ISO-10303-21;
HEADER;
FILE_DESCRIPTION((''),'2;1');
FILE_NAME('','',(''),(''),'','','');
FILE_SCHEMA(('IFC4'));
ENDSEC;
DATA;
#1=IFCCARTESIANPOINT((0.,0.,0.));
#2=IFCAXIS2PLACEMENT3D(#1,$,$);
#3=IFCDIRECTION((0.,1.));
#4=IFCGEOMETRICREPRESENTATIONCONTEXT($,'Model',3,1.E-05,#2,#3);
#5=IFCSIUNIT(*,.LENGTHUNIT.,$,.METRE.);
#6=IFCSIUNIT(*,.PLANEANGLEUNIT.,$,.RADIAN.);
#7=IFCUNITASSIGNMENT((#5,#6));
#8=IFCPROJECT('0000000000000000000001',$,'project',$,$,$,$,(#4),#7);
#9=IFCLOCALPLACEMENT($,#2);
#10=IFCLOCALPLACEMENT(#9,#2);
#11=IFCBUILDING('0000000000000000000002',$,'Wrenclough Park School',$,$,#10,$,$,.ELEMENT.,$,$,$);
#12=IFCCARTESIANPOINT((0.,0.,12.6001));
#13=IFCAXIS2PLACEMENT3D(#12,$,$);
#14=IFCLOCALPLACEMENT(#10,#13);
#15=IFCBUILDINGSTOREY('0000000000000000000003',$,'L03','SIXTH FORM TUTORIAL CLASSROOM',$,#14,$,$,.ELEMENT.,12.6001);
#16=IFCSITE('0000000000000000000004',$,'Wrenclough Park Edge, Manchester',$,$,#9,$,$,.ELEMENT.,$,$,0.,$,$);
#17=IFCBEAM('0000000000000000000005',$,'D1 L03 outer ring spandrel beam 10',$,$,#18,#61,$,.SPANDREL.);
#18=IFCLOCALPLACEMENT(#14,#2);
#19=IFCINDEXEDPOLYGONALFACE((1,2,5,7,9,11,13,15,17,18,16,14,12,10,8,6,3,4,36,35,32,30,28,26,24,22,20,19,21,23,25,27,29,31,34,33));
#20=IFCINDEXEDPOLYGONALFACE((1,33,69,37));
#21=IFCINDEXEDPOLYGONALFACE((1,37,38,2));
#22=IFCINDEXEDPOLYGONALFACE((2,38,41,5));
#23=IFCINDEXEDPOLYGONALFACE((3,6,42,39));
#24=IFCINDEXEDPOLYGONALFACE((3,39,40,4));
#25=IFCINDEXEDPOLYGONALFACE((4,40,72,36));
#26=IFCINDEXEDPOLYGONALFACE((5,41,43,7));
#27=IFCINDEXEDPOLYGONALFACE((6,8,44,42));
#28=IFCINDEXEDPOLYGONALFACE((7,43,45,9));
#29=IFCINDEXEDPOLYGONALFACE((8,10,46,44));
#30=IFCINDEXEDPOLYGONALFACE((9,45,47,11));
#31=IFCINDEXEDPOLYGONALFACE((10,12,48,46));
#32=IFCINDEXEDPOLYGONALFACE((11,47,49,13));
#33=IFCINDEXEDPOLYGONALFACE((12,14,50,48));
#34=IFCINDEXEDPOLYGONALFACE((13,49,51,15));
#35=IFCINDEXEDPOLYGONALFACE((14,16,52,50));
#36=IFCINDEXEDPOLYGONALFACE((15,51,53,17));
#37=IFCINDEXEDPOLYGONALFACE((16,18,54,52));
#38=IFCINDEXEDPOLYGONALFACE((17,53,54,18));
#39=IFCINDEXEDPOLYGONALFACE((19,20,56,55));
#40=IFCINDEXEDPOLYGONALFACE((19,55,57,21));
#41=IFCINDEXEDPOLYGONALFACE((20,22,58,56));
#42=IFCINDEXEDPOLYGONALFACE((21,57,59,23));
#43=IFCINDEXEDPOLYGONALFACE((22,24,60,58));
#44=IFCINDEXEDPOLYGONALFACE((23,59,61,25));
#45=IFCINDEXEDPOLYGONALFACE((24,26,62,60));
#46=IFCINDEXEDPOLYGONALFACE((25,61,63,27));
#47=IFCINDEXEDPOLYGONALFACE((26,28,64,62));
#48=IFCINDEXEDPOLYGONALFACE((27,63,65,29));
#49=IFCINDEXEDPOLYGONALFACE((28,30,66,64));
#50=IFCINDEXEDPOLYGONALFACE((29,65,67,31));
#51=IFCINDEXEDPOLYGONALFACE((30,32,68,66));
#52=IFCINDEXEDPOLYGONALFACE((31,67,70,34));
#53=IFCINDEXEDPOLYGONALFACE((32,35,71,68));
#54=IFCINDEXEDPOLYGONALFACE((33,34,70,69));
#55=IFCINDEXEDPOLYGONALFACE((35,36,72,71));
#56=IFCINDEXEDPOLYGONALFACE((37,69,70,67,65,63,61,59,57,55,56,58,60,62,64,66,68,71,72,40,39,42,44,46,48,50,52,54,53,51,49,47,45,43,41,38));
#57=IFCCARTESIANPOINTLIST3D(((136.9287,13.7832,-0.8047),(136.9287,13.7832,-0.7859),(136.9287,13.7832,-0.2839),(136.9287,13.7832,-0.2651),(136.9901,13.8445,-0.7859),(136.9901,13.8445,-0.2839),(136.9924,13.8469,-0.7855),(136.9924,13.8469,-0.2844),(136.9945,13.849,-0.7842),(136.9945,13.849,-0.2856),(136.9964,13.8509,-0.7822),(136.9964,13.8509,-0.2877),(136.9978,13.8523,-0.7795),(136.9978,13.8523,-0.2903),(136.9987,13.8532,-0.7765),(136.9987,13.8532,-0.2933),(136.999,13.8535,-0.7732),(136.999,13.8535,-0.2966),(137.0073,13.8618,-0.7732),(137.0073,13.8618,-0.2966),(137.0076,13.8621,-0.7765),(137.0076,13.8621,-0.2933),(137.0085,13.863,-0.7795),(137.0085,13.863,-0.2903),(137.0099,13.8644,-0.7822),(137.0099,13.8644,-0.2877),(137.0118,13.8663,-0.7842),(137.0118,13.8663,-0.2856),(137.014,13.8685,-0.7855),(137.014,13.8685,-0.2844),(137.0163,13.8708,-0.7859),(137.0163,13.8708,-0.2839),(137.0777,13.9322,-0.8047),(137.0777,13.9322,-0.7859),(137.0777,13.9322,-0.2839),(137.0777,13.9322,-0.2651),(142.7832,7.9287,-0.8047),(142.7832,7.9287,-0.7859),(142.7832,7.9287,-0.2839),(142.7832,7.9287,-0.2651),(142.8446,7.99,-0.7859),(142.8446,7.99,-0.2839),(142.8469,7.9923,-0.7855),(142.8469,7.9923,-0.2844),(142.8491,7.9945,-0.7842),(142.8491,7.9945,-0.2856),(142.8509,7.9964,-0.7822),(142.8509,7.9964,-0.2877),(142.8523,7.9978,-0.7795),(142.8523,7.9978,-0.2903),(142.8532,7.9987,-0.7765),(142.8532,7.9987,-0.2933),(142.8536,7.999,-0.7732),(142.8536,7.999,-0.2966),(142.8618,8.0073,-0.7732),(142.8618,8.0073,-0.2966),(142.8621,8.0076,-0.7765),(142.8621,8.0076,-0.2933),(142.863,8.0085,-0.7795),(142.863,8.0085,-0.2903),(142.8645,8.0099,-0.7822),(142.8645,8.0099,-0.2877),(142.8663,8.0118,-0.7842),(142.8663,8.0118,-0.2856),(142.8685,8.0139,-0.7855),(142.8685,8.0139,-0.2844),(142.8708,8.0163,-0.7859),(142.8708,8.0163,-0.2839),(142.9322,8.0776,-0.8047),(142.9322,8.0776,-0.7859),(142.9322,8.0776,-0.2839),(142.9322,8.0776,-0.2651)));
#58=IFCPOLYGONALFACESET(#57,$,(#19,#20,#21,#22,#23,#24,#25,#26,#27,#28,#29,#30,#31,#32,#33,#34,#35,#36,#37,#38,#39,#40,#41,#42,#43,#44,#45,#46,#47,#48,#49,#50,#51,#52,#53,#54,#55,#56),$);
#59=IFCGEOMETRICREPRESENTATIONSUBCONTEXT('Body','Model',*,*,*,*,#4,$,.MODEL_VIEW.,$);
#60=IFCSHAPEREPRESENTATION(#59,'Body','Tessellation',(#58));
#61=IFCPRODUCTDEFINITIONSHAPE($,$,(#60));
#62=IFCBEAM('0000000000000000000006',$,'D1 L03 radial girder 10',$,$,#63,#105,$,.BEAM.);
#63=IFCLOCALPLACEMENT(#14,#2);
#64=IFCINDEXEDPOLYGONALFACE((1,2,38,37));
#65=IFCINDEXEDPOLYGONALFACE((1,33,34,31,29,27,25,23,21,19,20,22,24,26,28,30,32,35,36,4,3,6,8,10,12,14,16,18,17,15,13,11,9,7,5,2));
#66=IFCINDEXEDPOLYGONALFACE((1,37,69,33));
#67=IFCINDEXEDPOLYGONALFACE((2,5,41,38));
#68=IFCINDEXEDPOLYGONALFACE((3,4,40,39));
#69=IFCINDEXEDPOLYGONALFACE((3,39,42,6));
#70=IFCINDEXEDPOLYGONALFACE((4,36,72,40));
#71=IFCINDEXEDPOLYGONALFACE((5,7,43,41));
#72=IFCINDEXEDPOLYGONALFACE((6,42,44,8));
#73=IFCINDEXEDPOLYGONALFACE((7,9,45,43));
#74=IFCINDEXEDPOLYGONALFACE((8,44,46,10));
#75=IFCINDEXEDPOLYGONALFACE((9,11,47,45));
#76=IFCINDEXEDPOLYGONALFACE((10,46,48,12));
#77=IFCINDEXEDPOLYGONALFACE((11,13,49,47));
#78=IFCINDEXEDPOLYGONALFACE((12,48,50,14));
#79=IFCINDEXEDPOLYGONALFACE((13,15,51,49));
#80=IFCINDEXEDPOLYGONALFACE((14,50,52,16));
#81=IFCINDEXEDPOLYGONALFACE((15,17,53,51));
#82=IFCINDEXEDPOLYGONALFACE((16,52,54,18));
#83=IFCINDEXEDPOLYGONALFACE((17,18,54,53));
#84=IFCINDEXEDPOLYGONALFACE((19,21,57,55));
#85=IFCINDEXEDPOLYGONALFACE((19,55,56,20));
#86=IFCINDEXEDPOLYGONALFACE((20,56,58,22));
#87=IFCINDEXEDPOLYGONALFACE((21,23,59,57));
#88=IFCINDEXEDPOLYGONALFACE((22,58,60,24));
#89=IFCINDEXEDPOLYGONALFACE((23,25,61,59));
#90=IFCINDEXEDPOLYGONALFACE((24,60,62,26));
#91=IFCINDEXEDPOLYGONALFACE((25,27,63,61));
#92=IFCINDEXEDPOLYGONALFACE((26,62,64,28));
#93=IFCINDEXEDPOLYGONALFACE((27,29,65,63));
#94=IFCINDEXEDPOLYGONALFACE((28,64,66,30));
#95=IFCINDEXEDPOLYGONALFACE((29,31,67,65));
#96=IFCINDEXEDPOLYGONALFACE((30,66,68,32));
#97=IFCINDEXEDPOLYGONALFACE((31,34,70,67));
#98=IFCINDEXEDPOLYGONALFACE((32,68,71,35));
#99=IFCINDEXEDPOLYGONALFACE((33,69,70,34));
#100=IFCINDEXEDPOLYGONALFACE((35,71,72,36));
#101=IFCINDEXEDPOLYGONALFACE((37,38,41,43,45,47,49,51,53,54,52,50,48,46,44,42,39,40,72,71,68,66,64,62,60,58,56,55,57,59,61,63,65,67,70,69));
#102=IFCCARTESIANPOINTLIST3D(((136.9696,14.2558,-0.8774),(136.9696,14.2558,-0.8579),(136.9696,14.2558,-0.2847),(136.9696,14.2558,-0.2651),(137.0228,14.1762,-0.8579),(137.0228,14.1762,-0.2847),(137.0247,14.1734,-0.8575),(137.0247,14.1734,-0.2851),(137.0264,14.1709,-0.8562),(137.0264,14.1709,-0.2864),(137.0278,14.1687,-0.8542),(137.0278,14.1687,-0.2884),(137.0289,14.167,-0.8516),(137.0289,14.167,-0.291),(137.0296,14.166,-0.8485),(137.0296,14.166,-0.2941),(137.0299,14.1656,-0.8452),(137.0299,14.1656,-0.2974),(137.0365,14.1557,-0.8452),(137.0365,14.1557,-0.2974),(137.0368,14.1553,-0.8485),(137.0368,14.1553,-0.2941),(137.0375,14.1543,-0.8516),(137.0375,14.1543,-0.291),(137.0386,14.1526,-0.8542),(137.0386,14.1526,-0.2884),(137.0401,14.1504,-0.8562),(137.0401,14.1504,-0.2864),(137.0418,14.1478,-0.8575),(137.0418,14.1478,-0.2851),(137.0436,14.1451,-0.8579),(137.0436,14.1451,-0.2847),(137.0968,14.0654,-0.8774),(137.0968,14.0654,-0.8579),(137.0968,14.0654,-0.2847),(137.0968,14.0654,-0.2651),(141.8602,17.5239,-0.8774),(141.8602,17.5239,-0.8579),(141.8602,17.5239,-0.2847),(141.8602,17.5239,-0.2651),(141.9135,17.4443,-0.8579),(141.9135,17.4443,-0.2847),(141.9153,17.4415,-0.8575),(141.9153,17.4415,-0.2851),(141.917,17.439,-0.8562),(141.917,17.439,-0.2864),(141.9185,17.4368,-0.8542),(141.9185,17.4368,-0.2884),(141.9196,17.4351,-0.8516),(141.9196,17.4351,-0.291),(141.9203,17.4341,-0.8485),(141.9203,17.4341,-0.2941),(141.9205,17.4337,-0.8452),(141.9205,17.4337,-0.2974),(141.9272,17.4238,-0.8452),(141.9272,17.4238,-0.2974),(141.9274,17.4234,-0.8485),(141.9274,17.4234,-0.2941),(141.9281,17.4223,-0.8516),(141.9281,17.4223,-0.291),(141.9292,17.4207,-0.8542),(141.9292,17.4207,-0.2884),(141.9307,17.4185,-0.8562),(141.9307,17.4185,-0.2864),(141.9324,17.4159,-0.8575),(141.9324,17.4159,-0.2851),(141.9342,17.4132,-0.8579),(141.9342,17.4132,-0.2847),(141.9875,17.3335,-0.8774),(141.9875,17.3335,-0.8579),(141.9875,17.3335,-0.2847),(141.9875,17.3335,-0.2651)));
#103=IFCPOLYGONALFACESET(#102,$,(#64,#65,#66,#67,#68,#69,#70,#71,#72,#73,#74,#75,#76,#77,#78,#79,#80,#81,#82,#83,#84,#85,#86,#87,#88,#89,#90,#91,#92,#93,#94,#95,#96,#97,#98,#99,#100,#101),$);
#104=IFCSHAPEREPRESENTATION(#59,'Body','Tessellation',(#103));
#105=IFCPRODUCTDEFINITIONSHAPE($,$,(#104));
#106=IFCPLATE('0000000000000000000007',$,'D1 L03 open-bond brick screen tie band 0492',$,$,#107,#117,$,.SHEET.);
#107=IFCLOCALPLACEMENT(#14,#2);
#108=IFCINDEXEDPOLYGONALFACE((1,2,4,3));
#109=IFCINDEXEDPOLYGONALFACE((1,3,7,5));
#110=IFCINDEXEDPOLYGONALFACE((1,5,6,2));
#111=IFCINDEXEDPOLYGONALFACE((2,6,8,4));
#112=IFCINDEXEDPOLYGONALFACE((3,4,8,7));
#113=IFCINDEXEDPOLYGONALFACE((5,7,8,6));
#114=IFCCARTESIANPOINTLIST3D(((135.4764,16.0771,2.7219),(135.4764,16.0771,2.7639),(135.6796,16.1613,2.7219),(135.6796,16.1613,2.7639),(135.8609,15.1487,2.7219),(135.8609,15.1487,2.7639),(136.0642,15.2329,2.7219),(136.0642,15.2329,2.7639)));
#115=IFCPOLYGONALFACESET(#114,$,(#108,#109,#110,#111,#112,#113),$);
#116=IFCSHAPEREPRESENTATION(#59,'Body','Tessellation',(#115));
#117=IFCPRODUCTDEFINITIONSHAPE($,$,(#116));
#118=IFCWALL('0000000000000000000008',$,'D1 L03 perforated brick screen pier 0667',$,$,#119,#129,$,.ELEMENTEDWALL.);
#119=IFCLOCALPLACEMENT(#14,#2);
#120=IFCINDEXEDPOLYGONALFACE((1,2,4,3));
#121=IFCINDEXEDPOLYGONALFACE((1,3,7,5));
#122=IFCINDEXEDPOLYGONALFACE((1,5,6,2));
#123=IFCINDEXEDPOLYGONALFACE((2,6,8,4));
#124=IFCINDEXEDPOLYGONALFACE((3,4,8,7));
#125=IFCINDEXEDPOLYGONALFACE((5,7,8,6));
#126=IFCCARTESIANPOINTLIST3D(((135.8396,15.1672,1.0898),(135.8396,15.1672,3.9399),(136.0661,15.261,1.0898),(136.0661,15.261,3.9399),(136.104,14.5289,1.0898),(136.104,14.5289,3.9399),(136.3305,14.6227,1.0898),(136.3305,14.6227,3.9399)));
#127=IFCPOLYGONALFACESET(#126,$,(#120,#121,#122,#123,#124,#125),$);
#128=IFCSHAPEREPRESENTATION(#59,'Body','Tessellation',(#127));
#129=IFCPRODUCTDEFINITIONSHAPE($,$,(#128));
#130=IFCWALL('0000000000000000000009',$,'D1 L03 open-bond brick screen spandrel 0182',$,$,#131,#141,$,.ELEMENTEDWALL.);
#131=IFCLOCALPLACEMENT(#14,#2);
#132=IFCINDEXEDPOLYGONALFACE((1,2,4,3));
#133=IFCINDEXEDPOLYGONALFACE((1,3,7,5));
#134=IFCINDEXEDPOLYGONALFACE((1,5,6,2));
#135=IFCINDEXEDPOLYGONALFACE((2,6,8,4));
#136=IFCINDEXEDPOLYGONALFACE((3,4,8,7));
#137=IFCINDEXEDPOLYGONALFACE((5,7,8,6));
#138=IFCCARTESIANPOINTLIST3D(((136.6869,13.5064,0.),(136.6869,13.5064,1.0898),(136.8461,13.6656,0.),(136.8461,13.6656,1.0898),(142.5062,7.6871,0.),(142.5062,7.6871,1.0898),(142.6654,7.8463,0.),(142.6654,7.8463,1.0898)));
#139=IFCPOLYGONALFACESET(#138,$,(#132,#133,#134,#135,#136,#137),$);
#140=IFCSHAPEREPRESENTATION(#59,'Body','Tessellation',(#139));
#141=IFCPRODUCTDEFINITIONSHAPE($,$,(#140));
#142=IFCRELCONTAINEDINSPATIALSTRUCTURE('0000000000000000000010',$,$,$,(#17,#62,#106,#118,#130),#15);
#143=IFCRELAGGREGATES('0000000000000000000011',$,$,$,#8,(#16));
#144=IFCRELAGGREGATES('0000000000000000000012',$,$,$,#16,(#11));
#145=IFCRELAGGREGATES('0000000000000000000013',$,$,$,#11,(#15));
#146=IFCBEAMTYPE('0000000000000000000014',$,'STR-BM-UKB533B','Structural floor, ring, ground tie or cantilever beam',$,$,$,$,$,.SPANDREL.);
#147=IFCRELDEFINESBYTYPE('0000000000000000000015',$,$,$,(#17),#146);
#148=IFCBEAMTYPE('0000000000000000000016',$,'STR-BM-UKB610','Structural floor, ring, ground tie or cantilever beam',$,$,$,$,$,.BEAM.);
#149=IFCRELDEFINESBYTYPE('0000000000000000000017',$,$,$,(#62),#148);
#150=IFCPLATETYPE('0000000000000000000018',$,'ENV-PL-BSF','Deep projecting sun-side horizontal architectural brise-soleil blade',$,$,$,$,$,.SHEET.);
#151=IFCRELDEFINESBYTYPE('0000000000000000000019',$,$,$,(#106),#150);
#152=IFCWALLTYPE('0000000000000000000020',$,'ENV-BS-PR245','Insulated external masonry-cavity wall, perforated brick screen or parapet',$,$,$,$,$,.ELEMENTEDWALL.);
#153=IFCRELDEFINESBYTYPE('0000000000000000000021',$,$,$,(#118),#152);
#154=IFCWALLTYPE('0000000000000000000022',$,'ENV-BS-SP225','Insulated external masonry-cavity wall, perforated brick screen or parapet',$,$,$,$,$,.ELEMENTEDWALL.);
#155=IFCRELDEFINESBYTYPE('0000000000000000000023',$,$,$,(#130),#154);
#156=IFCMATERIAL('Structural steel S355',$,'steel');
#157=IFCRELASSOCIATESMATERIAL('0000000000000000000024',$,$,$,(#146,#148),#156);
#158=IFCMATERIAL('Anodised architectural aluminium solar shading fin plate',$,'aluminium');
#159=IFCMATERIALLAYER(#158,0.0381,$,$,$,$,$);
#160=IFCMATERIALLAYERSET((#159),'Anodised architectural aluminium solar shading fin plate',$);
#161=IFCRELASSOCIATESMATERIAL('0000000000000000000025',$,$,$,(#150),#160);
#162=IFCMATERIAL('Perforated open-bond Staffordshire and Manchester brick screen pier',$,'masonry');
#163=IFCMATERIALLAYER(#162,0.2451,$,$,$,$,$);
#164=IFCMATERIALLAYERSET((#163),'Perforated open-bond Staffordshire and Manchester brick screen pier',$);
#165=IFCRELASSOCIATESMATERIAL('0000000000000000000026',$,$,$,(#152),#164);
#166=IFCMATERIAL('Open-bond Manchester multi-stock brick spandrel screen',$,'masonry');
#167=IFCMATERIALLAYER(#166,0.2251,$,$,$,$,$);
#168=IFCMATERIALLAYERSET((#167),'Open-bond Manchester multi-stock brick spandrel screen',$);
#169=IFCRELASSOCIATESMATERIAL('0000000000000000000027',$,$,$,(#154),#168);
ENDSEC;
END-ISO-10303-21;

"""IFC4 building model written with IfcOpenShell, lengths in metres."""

from ifc_helpers import new_model, si_unit, direction, frame, frame_2d, origin, origin_2d, place, context, subcontext, project, spatial, rectangle, i_section, extrude, material, layer, layer_set, material_profile, profile_set, type_object, element, save


model = new_model("IFC4")

# Units and contexts
model_context = context("Model", 3, precision=1e-05, world=origin(), true_north=direction((0.0, 1.0)))
body_context = subcontext(model_context, "Body", "Model", "MODEL_VIEW")
ifc_project = project(units=[si_unit("LENGTHUNIT", "METRE"), si_unit("PLANEANGLEUNIT", "RADIAN")], contexts=[model_context])

# Site, building, storey
site_placement = place(None, origin())
site = spatial("IfcSite", under=ifc_project, at=site_placement, Name="Wrenclough Park Edge, Manchester", CompositionType="ELEMENT", RefElevation=0.0)
building_placement = place(site_placement, origin())
building = spatial("IfcBuilding", under=site, at=building_placement, Name="Wrenclough Park School", CompositionType="ELEMENT")
storey_placement = place(building_placement, frame((0.0, 0.0, 12.6001)))
storey = spatial("IfcBuildingStorey", under=building, at=storey_placement, Name="L03", Description="SIXTH FORM TUTORIAL CLASSROOM", CompositionType="ELEMENT", Elevation=12.6001)

# Shared definitions
ifc_material_1 = material(Name="Structural steel S355", Category="steel")

# Beams
ifc_material_profile_1 = material_profile(ifc_material_1, i_section(OverallWidth=0.2107, OverallDepth=0.5396, WebThickness=0.0117, FlangeThickness=0.0188, FilletRadius=0.0127, at=origin_2d()), Name="UKB 533x210x109")
ifc_profile_set_1 = profile_set([ifc_material_profile_1], Name="Structural steel S355")
beam_type_1 = type_object("IfcBeamType", Name="STR-BM-UKB533B", Description="Structural floor, ring, ground tie or cantilever beam", PredefinedType="SPANDREL", material=ifc_profile_set_1)
beam_1_placement = place(storey_placement, frame((137.0032, 13.8577, -0.5349), z_axis=(0.707107, -0.707107, 0.0), x_axis=(0.707107, 0.707107, 0.0)))
element("IfcBeam", 1, at=beam_1_placement, inside=storey, type_object=beam_type_1, Name="D1 L03 outer ring spandrel beam 10", PredefinedType="SPANDREL", context=body_context, shape_type="SweptSolid", body=[
    extrude(i_section(OverallWidth=0.2107, OverallDepth=0.5396, WebThickness=0.0117, FlangeThickness=0.0188, FilletRadius=0.0127, at=origin_2d()), origin(), (0.0, 0.0, 1.0), 8.2795),
])
ifc_material_profile_2 = material_profile(ifc_material_1, i_section(OverallWidth=0.229, OverallDepth=0.6123, WebThickness=0.012, FlangeThickness=0.0195, FilletRadius=0.0127, at=origin_2d()), Name="UKB 610x229x125")
ifc_profile_set_2 = profile_set([ifc_material_profile_2], Name="Structural steel S355")
beam_type_2 = type_object("IfcBeamType", Name="STR-BM-UKB610", Description="Structural floor, ring, ground tie or cantilever beam", PredefinedType="BEAM", material=ifc_profile_set_2)
beam_2_placement = place(storey_placement, frame((137.0332, 14.1606, -0.5713), z_axis=(0.83145, 0.5556, 0.0), x_axis=(-0.5556, 0.83145, 0.0)))
element("IfcBeam", 2, at=beam_2_placement, inside=storey, type_object=beam_type_2, Name="D1 L03 radial girder 10", PredefinedType="BEAM", context=body_context, shape_type="SweptSolid", body=[
    extrude(i_section(OverallWidth=0.229, OverallDepth=0.6123, WebThickness=0.012, FlangeThickness=0.0195, FilletRadius=0.0127, at=origin_2d()), origin(), (0.0, 0.0, 1.0), 5.8821),
])

# Plate
ifc_material_2 = material(Name="Anodised architectural aluminium solar shading fin plate", Category="aluminium")
ifc_layer_1 = layer(ifc_material_2, 0.0381)
ifc_layer_set_1 = layer_set([ifc_layer_1], Name="Anodised architectural aluminium solar shading fin plate")
plate_type = type_object("IfcPlateType", Name="ENV-PL-BSF", Description="Deep projecting sun-side horizontal architectural brise-soleil blade", PredefinedType="SHEET", material=ifc_layer_set_1)
plate_placement = place(storey_placement, frame((135.7703, 15.655, 2.7219), z_axis=(0.0, 0.0, 1.0), x_axis=(0.382684, -0.923879, 0.0)))
element("IfcPlate", 3, at=plate_placement, inside=storey, type_object=plate_type, Name="D1 L03 open-bond brick screen tie band 0492", PredefinedType="SHEET", context=body_context, shape_type="SweptSolid", body=[
    extrude(rectangle(XDim=1.0049, YDim=0.22, at=origin_2d()), origin(), (0.0, 0.0, 1.0), 0.042),
])

# Walls
ifc_material_3 = material(Name="Perforated open-bond Staffordshire and Manchester brick screen pier", Category="masonry")
ifc_layer_2 = layer(ifc_material_3, 0.2451)
ifc_layer_set_2 = layer_set([ifc_layer_2], Name="Perforated open-bond Staffordshire and Manchester brick screen pier")
wall_type_1 = type_object("IfcWallType", Name="ENV-BS-PR245", Description="Insulated external masonry-cavity wall, perforated brick screen or parapet", PredefinedType="ELEMENTEDWALL", material=ifc_layer_set_2)
wall_1_placement = place(storey_placement, frame((135.9529, 15.2141, 1.0898), z_axis=(0.0, 0.0, 1.0), x_axis=(0.382633, -0.923901, 0.0)))
element("IfcWall", 4, at=wall_1_placement, inside=storey, type_object=wall_type_1, Name="D1 L03 perforated brick screen pier 0667", PredefinedType="ELEMENTEDWALL", context=body_context, shape_type="SweptSolid", body=[
    extrude(rectangle(XDim=0.6909, YDim=0.2451, at=frame_2d((0.3455, 0.0))), origin(), (0.0, 0.0, 1.0), 2.8501),
])
ifc_material_4 = material(Name="Open-bond Manchester multi-stock brick spandrel screen", Category="masonry")
ifc_layer_3 = layer(ifc_material_4, 0.2251)
ifc_layer_set_3 = layer_set([ifc_layer_3], Name="Open-bond Manchester multi-stock brick spandrel screen")
wall_type_2 = type_object("IfcWallType", Name="ENV-BS-SP225", Description="Insulated external masonry-cavity wall, perforated brick screen or parapet", PredefinedType="ELEMENTEDWALL", material=ifc_layer_set_3)
wall_2_placement = place(storey_placement, frame((136.7666, 13.5859, 0.0), z_axis=(0.0, 0.0, 1.0), x_axis=(0.707107, -0.707107, 0.0)))
element("IfcWall", 5, at=wall_2_placement, inside=storey, type_object=wall_type_2, Name="D1 L03 open-bond brick screen spandrel 0182", PredefinedType="ELEMENTEDWALL", context=body_context, shape_type="SweptSolid", body=[
    extrude(rectangle(XDim=8.2297, YDim=0.2251, at=frame_2d((4.1147, 0.0))), origin(), (0.0, 0.0, 1.0), 1.0898),
])

save(model, "model.ifc")
